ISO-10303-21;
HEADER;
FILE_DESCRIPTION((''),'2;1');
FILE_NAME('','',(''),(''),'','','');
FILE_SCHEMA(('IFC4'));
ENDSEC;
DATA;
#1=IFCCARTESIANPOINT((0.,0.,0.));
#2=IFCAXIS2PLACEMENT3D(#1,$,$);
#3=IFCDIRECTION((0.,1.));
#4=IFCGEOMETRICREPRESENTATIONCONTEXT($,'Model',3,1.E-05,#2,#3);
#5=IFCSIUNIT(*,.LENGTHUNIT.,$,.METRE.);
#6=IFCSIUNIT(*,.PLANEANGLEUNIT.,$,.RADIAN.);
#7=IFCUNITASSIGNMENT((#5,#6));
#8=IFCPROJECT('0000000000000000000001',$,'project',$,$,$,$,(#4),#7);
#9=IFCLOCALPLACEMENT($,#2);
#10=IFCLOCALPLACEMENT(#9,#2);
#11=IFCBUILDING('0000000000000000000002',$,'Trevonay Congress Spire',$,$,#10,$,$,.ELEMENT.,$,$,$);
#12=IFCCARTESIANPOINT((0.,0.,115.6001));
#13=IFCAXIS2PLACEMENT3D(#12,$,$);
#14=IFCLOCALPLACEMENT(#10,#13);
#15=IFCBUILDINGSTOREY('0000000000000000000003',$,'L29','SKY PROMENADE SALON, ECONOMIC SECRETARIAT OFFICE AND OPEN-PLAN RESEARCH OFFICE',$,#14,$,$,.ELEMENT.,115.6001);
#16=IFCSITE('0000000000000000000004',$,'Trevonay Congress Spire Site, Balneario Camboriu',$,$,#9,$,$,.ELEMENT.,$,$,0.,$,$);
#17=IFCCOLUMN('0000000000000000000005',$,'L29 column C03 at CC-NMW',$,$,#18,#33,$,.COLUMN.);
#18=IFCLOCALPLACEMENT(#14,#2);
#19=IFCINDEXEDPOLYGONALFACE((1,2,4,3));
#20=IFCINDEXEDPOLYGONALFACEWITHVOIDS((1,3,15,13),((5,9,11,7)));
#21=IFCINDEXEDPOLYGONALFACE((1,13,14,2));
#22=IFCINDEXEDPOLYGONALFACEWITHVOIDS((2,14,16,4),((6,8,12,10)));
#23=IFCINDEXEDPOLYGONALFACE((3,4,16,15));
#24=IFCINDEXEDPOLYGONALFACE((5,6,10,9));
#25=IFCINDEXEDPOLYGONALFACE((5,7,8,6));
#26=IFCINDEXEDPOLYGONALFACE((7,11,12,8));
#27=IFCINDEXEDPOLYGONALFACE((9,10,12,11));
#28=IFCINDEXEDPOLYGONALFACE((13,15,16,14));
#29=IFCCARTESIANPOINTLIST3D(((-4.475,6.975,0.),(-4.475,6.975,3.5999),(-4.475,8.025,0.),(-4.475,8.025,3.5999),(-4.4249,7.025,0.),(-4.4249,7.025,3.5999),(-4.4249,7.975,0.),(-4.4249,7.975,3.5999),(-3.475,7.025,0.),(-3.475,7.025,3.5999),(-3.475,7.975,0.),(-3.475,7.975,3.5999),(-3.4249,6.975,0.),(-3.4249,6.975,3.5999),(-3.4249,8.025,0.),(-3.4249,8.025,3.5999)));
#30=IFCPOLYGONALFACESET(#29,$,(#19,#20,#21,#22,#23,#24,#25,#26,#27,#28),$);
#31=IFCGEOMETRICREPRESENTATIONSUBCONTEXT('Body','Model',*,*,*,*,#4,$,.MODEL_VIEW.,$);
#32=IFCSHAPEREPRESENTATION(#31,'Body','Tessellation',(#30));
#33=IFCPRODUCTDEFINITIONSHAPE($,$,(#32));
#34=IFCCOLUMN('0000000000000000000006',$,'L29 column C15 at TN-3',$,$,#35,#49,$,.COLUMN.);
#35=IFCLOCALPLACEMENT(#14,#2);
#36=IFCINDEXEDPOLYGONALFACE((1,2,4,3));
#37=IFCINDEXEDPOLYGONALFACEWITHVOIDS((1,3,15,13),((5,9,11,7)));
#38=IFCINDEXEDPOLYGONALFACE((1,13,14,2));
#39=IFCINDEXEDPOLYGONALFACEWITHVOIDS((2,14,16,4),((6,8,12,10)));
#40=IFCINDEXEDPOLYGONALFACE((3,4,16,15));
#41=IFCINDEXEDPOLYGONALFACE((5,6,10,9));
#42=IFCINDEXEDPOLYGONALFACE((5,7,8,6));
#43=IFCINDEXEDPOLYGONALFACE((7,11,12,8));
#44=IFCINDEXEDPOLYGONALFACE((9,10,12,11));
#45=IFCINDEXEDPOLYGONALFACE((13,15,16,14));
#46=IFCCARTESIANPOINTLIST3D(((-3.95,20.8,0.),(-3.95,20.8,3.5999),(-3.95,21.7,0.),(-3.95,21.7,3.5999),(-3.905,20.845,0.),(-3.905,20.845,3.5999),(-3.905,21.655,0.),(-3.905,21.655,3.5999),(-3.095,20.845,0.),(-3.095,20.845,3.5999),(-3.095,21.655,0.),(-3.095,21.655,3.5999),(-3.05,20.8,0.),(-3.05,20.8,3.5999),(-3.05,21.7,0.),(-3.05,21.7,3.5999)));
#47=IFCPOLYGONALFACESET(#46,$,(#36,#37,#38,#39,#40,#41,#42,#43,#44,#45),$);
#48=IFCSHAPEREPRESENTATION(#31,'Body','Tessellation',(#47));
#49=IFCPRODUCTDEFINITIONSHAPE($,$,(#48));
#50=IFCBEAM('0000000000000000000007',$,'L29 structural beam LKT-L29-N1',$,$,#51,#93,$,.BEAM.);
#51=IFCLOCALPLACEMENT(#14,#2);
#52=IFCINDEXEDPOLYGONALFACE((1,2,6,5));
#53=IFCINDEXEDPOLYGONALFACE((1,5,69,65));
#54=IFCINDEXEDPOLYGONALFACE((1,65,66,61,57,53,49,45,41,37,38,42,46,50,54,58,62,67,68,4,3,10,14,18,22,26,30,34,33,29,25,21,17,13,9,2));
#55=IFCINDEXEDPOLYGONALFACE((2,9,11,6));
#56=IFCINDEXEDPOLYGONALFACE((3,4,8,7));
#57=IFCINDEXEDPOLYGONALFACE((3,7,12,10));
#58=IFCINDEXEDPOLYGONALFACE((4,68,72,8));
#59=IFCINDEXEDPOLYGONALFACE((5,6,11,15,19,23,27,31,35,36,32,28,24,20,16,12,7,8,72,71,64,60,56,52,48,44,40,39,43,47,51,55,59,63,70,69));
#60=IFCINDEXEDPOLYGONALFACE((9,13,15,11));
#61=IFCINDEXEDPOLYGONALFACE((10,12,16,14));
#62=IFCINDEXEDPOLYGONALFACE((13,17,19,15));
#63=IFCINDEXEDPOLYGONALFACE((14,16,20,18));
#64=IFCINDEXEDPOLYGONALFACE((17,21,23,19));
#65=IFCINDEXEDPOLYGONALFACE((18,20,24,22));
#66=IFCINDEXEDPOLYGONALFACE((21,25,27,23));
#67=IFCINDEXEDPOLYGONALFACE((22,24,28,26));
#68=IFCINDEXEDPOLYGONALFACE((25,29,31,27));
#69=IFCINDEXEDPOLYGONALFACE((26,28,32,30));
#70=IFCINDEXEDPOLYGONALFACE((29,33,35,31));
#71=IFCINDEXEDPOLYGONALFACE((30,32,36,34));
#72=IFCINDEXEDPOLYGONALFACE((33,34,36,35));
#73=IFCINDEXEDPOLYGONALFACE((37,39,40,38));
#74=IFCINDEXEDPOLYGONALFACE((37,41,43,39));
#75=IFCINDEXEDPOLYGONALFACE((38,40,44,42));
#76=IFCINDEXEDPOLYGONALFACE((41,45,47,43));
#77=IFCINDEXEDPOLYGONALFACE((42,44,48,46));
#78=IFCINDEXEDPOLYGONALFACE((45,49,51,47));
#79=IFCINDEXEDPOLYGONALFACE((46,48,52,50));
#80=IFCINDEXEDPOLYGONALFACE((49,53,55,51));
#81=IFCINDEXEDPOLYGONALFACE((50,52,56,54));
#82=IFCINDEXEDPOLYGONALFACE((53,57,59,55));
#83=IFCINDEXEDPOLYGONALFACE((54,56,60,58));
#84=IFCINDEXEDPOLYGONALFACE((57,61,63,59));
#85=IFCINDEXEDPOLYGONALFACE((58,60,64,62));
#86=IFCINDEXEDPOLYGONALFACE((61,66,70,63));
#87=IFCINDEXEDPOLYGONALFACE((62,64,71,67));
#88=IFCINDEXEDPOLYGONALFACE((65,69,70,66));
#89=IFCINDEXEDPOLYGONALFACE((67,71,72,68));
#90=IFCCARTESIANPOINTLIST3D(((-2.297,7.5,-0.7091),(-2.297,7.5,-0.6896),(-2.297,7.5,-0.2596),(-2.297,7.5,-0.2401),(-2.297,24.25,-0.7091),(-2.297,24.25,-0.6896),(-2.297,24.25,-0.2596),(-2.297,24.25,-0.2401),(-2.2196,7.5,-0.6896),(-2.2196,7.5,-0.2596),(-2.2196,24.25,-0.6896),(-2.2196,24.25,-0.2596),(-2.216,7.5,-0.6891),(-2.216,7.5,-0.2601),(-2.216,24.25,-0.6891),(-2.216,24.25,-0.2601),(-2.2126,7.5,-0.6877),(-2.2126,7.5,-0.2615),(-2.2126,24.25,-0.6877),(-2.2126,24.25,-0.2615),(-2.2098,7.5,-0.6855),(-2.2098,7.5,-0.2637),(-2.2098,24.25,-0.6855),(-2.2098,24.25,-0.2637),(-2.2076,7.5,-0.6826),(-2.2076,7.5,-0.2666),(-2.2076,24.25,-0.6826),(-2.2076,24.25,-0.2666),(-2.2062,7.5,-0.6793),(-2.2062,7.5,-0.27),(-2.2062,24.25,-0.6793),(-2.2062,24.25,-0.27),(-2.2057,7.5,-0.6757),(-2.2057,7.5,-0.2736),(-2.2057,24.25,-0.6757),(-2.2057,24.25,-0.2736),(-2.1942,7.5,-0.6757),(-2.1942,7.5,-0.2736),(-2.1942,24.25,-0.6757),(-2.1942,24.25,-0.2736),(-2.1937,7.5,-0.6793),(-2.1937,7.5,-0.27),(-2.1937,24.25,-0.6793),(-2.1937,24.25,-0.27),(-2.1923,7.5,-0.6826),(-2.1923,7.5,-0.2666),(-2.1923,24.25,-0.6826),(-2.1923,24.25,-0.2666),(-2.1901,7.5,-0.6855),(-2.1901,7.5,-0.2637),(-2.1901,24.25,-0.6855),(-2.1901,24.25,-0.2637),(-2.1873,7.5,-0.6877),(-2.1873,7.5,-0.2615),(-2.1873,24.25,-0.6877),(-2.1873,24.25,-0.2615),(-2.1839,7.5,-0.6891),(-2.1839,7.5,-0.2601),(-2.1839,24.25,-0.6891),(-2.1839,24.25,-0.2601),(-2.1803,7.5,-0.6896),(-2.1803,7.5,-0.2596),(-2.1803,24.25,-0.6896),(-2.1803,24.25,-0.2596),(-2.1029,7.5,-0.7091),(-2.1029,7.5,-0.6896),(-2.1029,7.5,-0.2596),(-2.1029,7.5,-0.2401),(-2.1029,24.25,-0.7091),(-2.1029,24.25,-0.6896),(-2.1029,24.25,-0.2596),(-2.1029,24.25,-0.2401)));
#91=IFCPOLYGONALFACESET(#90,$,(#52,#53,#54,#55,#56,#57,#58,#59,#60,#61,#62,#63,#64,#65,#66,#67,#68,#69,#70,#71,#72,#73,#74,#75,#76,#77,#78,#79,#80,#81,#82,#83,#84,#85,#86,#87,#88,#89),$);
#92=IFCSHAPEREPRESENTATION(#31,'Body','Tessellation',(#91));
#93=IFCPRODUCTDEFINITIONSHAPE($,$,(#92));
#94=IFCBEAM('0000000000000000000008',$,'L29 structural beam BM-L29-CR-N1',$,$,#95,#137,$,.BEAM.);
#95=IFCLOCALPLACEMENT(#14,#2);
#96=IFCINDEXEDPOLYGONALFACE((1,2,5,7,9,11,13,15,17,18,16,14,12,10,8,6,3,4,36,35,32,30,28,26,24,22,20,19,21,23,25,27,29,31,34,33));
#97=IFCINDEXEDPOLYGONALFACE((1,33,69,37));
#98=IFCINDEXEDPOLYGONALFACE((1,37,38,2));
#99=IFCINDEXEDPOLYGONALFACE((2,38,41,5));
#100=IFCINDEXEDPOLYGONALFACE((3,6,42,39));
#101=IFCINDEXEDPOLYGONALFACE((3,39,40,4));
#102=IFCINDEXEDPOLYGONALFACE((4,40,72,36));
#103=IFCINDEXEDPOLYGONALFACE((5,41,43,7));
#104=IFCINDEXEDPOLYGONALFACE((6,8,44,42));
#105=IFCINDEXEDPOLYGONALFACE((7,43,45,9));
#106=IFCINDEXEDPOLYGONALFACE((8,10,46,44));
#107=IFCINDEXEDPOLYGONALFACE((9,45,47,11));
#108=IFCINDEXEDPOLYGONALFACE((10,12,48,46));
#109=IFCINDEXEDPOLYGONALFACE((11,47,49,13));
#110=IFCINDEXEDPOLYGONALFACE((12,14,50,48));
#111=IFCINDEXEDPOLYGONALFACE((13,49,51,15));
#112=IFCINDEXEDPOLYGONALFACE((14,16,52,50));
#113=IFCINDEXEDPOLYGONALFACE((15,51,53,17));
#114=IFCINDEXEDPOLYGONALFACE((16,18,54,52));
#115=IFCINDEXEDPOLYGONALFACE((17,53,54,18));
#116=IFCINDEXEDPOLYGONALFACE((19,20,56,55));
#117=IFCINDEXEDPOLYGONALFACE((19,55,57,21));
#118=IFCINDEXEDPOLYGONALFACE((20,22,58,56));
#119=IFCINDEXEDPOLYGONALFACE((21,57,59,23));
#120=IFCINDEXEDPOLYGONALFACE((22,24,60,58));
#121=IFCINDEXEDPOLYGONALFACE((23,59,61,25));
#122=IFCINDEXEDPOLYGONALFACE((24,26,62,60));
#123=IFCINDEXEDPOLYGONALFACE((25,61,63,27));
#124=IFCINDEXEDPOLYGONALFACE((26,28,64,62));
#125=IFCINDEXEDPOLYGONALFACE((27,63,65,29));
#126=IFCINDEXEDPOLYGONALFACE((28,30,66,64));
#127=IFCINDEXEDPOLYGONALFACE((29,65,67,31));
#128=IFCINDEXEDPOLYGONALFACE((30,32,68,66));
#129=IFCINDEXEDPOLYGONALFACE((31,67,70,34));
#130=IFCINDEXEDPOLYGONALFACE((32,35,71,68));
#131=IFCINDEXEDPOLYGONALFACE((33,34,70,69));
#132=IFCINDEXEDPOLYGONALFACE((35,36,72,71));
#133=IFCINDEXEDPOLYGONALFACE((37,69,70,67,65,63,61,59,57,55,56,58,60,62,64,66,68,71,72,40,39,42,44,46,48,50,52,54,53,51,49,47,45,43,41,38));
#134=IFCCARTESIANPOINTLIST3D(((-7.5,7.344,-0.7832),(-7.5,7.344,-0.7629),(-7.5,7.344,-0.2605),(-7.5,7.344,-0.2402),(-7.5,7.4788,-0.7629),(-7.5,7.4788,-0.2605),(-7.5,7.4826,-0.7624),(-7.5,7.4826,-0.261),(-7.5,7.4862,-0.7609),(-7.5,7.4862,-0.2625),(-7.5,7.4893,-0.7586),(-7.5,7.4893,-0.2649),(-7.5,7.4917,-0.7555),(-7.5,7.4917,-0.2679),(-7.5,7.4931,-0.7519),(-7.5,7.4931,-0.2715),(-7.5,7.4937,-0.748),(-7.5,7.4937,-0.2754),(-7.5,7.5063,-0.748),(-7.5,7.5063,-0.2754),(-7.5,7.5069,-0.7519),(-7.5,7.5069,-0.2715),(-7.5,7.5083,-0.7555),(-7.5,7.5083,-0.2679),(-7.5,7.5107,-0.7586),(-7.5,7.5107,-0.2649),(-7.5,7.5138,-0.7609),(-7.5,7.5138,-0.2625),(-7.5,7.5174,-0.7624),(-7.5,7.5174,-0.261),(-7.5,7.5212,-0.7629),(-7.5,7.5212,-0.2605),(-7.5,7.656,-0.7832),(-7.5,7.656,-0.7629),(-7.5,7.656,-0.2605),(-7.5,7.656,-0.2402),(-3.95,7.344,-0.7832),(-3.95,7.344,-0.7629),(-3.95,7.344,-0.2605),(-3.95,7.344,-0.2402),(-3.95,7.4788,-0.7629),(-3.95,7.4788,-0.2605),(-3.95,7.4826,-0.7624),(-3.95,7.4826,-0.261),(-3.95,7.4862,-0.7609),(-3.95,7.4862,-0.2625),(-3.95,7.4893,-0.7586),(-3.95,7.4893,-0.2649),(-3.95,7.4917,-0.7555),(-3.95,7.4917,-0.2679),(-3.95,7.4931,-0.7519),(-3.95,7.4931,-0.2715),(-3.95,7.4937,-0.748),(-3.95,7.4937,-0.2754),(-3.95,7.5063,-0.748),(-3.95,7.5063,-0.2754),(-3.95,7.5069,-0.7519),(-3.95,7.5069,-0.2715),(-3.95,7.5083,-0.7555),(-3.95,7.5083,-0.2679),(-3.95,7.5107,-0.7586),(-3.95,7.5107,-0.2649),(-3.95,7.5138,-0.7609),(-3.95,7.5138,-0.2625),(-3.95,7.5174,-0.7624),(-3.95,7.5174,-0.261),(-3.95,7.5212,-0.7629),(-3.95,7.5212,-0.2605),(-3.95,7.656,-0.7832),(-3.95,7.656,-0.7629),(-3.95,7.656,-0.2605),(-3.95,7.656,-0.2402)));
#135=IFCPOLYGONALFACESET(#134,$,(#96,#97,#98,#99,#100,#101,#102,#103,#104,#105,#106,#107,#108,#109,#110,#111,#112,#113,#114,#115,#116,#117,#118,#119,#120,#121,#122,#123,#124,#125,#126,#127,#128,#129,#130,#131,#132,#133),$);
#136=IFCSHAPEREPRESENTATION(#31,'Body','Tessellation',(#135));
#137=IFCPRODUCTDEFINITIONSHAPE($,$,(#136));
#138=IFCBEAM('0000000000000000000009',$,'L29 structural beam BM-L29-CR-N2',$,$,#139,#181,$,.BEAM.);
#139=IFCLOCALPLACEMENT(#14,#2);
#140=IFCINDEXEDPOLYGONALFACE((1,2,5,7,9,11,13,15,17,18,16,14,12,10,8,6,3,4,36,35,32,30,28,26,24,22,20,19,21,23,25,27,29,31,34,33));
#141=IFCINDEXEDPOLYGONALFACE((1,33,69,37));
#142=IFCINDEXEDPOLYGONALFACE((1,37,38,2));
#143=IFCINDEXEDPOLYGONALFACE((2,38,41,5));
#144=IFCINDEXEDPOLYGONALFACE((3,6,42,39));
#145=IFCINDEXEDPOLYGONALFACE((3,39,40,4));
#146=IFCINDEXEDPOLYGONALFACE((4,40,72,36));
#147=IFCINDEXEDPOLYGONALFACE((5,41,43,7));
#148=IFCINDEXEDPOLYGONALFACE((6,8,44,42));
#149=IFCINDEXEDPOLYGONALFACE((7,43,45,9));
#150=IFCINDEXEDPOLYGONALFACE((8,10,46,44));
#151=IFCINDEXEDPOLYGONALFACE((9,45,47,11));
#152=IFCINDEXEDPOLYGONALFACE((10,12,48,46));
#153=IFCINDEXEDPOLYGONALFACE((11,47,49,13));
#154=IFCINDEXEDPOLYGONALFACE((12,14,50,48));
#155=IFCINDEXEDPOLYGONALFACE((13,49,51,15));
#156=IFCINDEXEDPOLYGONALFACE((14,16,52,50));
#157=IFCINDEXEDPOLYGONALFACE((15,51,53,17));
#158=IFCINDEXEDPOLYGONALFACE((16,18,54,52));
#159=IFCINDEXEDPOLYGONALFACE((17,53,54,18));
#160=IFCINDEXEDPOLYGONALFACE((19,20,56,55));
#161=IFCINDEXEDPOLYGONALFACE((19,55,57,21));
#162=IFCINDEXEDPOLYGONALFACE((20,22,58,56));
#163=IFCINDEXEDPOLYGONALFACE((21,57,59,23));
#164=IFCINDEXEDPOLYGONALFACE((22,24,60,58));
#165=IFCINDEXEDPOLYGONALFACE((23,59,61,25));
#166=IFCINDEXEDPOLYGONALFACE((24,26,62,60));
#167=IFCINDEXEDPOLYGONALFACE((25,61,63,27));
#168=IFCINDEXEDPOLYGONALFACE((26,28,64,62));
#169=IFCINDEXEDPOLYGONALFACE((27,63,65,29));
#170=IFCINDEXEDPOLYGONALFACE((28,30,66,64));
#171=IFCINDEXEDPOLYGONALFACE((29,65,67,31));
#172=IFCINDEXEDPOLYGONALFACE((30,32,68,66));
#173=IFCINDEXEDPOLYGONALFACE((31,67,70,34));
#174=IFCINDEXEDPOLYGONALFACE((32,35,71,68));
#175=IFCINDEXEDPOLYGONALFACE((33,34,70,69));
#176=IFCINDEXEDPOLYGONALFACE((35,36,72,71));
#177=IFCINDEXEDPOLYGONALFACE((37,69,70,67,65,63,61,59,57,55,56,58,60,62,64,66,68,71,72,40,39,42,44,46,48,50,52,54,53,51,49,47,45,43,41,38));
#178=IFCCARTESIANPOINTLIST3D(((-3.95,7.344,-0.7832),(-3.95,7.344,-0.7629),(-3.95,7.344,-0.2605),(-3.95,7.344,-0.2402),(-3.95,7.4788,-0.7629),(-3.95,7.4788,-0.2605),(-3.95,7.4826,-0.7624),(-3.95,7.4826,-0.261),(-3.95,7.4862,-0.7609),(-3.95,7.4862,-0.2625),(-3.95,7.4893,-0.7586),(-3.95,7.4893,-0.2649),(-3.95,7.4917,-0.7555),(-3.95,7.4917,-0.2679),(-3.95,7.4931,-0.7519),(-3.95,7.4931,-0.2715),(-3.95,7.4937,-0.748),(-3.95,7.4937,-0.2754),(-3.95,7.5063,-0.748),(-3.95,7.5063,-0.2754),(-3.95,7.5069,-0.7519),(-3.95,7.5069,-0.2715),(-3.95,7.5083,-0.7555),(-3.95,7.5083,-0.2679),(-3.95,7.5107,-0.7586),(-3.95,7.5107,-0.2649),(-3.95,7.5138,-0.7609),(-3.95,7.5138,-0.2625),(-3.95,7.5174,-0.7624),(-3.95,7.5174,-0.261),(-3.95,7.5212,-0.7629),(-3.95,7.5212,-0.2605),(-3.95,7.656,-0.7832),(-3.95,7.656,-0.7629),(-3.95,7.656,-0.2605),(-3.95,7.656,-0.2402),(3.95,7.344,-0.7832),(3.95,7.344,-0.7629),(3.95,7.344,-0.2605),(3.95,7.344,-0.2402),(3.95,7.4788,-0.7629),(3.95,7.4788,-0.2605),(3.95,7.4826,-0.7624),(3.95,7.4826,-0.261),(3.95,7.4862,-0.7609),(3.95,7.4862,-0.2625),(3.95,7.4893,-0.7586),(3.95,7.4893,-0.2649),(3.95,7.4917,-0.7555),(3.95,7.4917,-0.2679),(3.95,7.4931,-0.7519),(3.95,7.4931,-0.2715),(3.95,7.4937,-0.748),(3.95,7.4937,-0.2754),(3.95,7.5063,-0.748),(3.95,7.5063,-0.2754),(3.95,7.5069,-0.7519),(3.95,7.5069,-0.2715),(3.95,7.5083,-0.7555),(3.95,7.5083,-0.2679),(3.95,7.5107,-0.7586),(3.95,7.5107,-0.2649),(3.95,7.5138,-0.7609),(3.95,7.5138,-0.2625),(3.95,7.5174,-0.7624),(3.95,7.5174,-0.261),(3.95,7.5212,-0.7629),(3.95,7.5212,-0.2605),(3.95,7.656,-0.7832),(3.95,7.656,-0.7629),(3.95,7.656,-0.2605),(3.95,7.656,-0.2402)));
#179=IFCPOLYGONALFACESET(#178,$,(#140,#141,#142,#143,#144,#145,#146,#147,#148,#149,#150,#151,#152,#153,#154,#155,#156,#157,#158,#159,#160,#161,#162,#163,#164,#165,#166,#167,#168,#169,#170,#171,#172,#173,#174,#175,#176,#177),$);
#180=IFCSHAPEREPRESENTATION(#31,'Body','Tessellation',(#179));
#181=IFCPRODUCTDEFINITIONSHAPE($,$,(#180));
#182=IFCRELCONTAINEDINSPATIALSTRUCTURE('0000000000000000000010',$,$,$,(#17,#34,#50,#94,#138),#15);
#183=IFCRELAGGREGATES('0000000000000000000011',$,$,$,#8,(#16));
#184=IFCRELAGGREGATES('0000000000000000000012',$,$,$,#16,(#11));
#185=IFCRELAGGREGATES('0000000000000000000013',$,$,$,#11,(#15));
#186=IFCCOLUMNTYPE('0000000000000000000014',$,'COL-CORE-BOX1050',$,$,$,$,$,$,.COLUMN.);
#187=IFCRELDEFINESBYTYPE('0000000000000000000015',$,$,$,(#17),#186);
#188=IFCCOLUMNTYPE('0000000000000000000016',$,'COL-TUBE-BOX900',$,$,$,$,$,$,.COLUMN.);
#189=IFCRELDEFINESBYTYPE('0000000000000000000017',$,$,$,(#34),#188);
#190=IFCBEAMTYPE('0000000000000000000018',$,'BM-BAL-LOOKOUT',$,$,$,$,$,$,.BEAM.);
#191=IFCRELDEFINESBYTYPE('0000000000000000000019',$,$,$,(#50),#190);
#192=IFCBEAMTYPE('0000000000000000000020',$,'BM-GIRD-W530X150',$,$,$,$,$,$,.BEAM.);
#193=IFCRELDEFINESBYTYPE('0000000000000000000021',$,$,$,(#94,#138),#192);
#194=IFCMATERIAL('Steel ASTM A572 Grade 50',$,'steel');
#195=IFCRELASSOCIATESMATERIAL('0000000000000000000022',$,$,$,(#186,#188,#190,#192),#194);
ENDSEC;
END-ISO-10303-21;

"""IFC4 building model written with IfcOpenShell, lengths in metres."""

from ifc_helpers import new_model, si_unit, direction, frame, origin, origin_2d, place, context, subcontext, project, spatial, hollow_rectangle, i_section, extrude, material, material_profile, profile_set, type_object, element, save


model = new_model("IFC4")

# Units and contexts
model_context = context("Model", 3, precision=1e-05, world=origin(), true_north=direction((0.0, 1.0)))
body_context = subcontext(model_context, "Body", "Model", "MODEL_VIEW")
ifc_project = project(units=[si_unit("LENGTHUNIT", "METRE"), si_unit("PLANEANGLEUNIT", "RADIAN")], contexts=[model_context])

# Site, building, storey
site_placement = place(None, origin())
site = spatial("IfcSite", under=ifc_project, at=site_placement, Name="Trevonay Congress Spire Site, Balneario Camboriu", CompositionType="ELEMENT", RefElevation=0.0)
building_placement = place(site_placement, origin())
building = spatial("IfcBuilding", under=site, at=building_placement, Name="Trevonay Congress Spire", CompositionType="ELEMENT")
storey_placement = place(building_placement, frame((0.0, 0.0, 115.6001)))
storey = spatial("IfcBuildingStorey", under=building, at=storey_placement, Name="L29", Description="SKY PROMENADE SALON, ECONOMIC SECRETARIAT OFFICE AND OPEN-PLAN RESEARCH OFFICE", CompositionType="ELEMENT", Elevation=115.6001)

# Columns
ifc_material_1 = material(Name="Steel ASTM A572 Grade 50", Category="steel")
ifc_material_profile_1 = material_profile(ifc_material_1, hollow_rectangle(XDim=1.05, YDim=1.05, WallThickness=0.05, at=origin_2d()), Name="BOX 1050x1050x50")
ifc_profile_set_1 = profile_set([ifc_material_profile_1], Name="Steel ASTM A572 Grade 50")
column_type_1 = type_object("IfcColumnType", Name="COL-CORE-BOX1050", PredefinedType="COLUMN", material=ifc_profile_set_1)
column_1_placement = place(storey_placement, frame((-3.95, 7.5, 0.0), z_axis=(0.0, 0.0, 1.0), x_axis=(1.0, 0.0, 0.0)))
element("IfcColumn", 1, at=column_1_placement, inside=storey, type_object=column_type_1, Name="L29 column C03 at CC-NMW", PredefinedType="COLUMN", context=body_context, shape_type="SweptSolid", body=[
    extrude(hollow_rectangle(XDim=1.05, YDim=1.05, WallThickness=0.05, at=origin_2d()), origin(), (0.0, 0.0, 1.0), 3.5999),
])
ifc_material_profile_2 = material_profile(ifc_material_1, hollow_rectangle(XDim=0.8999, YDim=0.8999, WallThickness=0.0449, at=origin_2d()), Name="BOX 900x900x45")
ifc_profile_set_2 = profile_set([ifc_material_profile_2], Name="Steel ASTM A572 Grade 50")
column_type_2 = type_object("IfcColumnType", Name="COL-TUBE-BOX900", PredefinedType="COLUMN", material=ifc_profile_set_2)
column_2_placement = place(storey_placement, frame((-3.5, 21.25, 0.0), z_axis=(0.0, 0.0, 1.0), x_axis=(1.0, 0.0, 0.0)))
element("IfcColumn", 2, at=column_2_placement, inside=storey, type_object=column_type_2, Name="L29 column C15 at TN-3", PredefinedType="COLUMN", context=body_context, shape_type="SweptSolid", body=[
    extrude(hollow_rectangle(XDim=0.8999, YDim=0.8999, WallThickness=0.0449, at=origin_2d()), origin(), (0.0, 0.0, 1.0), 3.5999),
])

# Beams
ifc_material_profile_3 = material_profile(ifc_material_1, i_section(OverallWidth=0.1941, OverallDepth=0.469, WebThickness=0.0115, FlangeThickness=0.0195, FilletRadius=0.0139, at=origin_2d()), Name="W460x106")
ifc_profile_set_3 = profile_set([ifc_material_profile_3], Name="Steel ASTM A572 Grade 50")
beam_type_1 = type_object("IfcBeamType", Name="BM-BAL-LOOKOUT", PredefinedType="BEAM", material=ifc_profile_set_3)
beam_1_placement = place(storey_placement, frame((-2.2, 7.5, -0.4746), z_axis=(0.0, 1.0, 0.0), x_axis=(-1.0, 0.0, 0.0)))
element("IfcBeam", 3, at=beam_1_placement, inside=storey, type_object=beam_type_1, Name="L29 structural beam LKT-L29-N1", PredefinedType="BEAM", context=body_context, shape_type="SweptSolid", body=[
    extrude(i_section(OverallWidth=0.1941, OverallDepth=0.469, WebThickness=0.0115, FlangeThickness=0.0195, FilletRadius=0.0139, at=origin_2d()), origin(), (0.0, 0.0, 1.0), 16.75),
])
ifc_material_profile_4 = material_profile(ifc_material_1, i_section(OverallWidth=0.312, OverallDepth=0.543, WebThickness=0.0127, FlangeThickness=0.0203, FilletRadius=0.0149, at=origin_2d()), Name="W530x150")
ifc_profile_set_4 = profile_set([ifc_material_profile_4], Name="Steel ASTM A572 Grade 50")
beam_type_2 = type_object("IfcBeamType", Name="BM-GIRD-W530X150", PredefinedType="BEAM", material=ifc_profile_set_4)
beam_2_placement = place(storey_placement, frame((-7.5, 7.5, -0.5117), z_axis=(1.0, 0.0, 0.0), x_axis=(0.0, 1.0, 0.0)))
element("IfcBeam", 4, at=beam_2_placement, inside=storey, type_object=beam_type_2, Name="L29 structural beam BM-L29-CR-N1", PredefinedType="BEAM", context=body_context, shape_type="SweptSolid", body=[
    extrude(i_section(OverallWidth=0.312, OverallDepth=0.543, WebThickness=0.0127, FlangeThickness=0.0203, FilletRadius=0.0149, at=origin_2d()), origin(), (0.0, 0.0, 1.0), 3.55),
])
beam_3_placement = place(storey_placement, frame((-3.95, 7.5, -0.5117), z_axis=(1.0, 0.0, 0.0), x_axis=(0.0, 1.0, 0.0)))
element("IfcBeam", 5, at=beam_3_placement, inside=storey, type_object=beam_type_2, Name="L29 structural beam BM-L29-CR-N2", PredefinedType="BEAM", context=body_context, shape_type="SweptSolid", body=[
    extrude(i_section(OverallWidth=0.312, OverallDepth=0.543, WebThickness=0.0127, FlangeThickness=0.0203, FilletRadius=0.0149, at=origin_2d()), origin(), (0.0, 0.0, 1.0), 7.8999),
])

save(model, "model.ifc")
